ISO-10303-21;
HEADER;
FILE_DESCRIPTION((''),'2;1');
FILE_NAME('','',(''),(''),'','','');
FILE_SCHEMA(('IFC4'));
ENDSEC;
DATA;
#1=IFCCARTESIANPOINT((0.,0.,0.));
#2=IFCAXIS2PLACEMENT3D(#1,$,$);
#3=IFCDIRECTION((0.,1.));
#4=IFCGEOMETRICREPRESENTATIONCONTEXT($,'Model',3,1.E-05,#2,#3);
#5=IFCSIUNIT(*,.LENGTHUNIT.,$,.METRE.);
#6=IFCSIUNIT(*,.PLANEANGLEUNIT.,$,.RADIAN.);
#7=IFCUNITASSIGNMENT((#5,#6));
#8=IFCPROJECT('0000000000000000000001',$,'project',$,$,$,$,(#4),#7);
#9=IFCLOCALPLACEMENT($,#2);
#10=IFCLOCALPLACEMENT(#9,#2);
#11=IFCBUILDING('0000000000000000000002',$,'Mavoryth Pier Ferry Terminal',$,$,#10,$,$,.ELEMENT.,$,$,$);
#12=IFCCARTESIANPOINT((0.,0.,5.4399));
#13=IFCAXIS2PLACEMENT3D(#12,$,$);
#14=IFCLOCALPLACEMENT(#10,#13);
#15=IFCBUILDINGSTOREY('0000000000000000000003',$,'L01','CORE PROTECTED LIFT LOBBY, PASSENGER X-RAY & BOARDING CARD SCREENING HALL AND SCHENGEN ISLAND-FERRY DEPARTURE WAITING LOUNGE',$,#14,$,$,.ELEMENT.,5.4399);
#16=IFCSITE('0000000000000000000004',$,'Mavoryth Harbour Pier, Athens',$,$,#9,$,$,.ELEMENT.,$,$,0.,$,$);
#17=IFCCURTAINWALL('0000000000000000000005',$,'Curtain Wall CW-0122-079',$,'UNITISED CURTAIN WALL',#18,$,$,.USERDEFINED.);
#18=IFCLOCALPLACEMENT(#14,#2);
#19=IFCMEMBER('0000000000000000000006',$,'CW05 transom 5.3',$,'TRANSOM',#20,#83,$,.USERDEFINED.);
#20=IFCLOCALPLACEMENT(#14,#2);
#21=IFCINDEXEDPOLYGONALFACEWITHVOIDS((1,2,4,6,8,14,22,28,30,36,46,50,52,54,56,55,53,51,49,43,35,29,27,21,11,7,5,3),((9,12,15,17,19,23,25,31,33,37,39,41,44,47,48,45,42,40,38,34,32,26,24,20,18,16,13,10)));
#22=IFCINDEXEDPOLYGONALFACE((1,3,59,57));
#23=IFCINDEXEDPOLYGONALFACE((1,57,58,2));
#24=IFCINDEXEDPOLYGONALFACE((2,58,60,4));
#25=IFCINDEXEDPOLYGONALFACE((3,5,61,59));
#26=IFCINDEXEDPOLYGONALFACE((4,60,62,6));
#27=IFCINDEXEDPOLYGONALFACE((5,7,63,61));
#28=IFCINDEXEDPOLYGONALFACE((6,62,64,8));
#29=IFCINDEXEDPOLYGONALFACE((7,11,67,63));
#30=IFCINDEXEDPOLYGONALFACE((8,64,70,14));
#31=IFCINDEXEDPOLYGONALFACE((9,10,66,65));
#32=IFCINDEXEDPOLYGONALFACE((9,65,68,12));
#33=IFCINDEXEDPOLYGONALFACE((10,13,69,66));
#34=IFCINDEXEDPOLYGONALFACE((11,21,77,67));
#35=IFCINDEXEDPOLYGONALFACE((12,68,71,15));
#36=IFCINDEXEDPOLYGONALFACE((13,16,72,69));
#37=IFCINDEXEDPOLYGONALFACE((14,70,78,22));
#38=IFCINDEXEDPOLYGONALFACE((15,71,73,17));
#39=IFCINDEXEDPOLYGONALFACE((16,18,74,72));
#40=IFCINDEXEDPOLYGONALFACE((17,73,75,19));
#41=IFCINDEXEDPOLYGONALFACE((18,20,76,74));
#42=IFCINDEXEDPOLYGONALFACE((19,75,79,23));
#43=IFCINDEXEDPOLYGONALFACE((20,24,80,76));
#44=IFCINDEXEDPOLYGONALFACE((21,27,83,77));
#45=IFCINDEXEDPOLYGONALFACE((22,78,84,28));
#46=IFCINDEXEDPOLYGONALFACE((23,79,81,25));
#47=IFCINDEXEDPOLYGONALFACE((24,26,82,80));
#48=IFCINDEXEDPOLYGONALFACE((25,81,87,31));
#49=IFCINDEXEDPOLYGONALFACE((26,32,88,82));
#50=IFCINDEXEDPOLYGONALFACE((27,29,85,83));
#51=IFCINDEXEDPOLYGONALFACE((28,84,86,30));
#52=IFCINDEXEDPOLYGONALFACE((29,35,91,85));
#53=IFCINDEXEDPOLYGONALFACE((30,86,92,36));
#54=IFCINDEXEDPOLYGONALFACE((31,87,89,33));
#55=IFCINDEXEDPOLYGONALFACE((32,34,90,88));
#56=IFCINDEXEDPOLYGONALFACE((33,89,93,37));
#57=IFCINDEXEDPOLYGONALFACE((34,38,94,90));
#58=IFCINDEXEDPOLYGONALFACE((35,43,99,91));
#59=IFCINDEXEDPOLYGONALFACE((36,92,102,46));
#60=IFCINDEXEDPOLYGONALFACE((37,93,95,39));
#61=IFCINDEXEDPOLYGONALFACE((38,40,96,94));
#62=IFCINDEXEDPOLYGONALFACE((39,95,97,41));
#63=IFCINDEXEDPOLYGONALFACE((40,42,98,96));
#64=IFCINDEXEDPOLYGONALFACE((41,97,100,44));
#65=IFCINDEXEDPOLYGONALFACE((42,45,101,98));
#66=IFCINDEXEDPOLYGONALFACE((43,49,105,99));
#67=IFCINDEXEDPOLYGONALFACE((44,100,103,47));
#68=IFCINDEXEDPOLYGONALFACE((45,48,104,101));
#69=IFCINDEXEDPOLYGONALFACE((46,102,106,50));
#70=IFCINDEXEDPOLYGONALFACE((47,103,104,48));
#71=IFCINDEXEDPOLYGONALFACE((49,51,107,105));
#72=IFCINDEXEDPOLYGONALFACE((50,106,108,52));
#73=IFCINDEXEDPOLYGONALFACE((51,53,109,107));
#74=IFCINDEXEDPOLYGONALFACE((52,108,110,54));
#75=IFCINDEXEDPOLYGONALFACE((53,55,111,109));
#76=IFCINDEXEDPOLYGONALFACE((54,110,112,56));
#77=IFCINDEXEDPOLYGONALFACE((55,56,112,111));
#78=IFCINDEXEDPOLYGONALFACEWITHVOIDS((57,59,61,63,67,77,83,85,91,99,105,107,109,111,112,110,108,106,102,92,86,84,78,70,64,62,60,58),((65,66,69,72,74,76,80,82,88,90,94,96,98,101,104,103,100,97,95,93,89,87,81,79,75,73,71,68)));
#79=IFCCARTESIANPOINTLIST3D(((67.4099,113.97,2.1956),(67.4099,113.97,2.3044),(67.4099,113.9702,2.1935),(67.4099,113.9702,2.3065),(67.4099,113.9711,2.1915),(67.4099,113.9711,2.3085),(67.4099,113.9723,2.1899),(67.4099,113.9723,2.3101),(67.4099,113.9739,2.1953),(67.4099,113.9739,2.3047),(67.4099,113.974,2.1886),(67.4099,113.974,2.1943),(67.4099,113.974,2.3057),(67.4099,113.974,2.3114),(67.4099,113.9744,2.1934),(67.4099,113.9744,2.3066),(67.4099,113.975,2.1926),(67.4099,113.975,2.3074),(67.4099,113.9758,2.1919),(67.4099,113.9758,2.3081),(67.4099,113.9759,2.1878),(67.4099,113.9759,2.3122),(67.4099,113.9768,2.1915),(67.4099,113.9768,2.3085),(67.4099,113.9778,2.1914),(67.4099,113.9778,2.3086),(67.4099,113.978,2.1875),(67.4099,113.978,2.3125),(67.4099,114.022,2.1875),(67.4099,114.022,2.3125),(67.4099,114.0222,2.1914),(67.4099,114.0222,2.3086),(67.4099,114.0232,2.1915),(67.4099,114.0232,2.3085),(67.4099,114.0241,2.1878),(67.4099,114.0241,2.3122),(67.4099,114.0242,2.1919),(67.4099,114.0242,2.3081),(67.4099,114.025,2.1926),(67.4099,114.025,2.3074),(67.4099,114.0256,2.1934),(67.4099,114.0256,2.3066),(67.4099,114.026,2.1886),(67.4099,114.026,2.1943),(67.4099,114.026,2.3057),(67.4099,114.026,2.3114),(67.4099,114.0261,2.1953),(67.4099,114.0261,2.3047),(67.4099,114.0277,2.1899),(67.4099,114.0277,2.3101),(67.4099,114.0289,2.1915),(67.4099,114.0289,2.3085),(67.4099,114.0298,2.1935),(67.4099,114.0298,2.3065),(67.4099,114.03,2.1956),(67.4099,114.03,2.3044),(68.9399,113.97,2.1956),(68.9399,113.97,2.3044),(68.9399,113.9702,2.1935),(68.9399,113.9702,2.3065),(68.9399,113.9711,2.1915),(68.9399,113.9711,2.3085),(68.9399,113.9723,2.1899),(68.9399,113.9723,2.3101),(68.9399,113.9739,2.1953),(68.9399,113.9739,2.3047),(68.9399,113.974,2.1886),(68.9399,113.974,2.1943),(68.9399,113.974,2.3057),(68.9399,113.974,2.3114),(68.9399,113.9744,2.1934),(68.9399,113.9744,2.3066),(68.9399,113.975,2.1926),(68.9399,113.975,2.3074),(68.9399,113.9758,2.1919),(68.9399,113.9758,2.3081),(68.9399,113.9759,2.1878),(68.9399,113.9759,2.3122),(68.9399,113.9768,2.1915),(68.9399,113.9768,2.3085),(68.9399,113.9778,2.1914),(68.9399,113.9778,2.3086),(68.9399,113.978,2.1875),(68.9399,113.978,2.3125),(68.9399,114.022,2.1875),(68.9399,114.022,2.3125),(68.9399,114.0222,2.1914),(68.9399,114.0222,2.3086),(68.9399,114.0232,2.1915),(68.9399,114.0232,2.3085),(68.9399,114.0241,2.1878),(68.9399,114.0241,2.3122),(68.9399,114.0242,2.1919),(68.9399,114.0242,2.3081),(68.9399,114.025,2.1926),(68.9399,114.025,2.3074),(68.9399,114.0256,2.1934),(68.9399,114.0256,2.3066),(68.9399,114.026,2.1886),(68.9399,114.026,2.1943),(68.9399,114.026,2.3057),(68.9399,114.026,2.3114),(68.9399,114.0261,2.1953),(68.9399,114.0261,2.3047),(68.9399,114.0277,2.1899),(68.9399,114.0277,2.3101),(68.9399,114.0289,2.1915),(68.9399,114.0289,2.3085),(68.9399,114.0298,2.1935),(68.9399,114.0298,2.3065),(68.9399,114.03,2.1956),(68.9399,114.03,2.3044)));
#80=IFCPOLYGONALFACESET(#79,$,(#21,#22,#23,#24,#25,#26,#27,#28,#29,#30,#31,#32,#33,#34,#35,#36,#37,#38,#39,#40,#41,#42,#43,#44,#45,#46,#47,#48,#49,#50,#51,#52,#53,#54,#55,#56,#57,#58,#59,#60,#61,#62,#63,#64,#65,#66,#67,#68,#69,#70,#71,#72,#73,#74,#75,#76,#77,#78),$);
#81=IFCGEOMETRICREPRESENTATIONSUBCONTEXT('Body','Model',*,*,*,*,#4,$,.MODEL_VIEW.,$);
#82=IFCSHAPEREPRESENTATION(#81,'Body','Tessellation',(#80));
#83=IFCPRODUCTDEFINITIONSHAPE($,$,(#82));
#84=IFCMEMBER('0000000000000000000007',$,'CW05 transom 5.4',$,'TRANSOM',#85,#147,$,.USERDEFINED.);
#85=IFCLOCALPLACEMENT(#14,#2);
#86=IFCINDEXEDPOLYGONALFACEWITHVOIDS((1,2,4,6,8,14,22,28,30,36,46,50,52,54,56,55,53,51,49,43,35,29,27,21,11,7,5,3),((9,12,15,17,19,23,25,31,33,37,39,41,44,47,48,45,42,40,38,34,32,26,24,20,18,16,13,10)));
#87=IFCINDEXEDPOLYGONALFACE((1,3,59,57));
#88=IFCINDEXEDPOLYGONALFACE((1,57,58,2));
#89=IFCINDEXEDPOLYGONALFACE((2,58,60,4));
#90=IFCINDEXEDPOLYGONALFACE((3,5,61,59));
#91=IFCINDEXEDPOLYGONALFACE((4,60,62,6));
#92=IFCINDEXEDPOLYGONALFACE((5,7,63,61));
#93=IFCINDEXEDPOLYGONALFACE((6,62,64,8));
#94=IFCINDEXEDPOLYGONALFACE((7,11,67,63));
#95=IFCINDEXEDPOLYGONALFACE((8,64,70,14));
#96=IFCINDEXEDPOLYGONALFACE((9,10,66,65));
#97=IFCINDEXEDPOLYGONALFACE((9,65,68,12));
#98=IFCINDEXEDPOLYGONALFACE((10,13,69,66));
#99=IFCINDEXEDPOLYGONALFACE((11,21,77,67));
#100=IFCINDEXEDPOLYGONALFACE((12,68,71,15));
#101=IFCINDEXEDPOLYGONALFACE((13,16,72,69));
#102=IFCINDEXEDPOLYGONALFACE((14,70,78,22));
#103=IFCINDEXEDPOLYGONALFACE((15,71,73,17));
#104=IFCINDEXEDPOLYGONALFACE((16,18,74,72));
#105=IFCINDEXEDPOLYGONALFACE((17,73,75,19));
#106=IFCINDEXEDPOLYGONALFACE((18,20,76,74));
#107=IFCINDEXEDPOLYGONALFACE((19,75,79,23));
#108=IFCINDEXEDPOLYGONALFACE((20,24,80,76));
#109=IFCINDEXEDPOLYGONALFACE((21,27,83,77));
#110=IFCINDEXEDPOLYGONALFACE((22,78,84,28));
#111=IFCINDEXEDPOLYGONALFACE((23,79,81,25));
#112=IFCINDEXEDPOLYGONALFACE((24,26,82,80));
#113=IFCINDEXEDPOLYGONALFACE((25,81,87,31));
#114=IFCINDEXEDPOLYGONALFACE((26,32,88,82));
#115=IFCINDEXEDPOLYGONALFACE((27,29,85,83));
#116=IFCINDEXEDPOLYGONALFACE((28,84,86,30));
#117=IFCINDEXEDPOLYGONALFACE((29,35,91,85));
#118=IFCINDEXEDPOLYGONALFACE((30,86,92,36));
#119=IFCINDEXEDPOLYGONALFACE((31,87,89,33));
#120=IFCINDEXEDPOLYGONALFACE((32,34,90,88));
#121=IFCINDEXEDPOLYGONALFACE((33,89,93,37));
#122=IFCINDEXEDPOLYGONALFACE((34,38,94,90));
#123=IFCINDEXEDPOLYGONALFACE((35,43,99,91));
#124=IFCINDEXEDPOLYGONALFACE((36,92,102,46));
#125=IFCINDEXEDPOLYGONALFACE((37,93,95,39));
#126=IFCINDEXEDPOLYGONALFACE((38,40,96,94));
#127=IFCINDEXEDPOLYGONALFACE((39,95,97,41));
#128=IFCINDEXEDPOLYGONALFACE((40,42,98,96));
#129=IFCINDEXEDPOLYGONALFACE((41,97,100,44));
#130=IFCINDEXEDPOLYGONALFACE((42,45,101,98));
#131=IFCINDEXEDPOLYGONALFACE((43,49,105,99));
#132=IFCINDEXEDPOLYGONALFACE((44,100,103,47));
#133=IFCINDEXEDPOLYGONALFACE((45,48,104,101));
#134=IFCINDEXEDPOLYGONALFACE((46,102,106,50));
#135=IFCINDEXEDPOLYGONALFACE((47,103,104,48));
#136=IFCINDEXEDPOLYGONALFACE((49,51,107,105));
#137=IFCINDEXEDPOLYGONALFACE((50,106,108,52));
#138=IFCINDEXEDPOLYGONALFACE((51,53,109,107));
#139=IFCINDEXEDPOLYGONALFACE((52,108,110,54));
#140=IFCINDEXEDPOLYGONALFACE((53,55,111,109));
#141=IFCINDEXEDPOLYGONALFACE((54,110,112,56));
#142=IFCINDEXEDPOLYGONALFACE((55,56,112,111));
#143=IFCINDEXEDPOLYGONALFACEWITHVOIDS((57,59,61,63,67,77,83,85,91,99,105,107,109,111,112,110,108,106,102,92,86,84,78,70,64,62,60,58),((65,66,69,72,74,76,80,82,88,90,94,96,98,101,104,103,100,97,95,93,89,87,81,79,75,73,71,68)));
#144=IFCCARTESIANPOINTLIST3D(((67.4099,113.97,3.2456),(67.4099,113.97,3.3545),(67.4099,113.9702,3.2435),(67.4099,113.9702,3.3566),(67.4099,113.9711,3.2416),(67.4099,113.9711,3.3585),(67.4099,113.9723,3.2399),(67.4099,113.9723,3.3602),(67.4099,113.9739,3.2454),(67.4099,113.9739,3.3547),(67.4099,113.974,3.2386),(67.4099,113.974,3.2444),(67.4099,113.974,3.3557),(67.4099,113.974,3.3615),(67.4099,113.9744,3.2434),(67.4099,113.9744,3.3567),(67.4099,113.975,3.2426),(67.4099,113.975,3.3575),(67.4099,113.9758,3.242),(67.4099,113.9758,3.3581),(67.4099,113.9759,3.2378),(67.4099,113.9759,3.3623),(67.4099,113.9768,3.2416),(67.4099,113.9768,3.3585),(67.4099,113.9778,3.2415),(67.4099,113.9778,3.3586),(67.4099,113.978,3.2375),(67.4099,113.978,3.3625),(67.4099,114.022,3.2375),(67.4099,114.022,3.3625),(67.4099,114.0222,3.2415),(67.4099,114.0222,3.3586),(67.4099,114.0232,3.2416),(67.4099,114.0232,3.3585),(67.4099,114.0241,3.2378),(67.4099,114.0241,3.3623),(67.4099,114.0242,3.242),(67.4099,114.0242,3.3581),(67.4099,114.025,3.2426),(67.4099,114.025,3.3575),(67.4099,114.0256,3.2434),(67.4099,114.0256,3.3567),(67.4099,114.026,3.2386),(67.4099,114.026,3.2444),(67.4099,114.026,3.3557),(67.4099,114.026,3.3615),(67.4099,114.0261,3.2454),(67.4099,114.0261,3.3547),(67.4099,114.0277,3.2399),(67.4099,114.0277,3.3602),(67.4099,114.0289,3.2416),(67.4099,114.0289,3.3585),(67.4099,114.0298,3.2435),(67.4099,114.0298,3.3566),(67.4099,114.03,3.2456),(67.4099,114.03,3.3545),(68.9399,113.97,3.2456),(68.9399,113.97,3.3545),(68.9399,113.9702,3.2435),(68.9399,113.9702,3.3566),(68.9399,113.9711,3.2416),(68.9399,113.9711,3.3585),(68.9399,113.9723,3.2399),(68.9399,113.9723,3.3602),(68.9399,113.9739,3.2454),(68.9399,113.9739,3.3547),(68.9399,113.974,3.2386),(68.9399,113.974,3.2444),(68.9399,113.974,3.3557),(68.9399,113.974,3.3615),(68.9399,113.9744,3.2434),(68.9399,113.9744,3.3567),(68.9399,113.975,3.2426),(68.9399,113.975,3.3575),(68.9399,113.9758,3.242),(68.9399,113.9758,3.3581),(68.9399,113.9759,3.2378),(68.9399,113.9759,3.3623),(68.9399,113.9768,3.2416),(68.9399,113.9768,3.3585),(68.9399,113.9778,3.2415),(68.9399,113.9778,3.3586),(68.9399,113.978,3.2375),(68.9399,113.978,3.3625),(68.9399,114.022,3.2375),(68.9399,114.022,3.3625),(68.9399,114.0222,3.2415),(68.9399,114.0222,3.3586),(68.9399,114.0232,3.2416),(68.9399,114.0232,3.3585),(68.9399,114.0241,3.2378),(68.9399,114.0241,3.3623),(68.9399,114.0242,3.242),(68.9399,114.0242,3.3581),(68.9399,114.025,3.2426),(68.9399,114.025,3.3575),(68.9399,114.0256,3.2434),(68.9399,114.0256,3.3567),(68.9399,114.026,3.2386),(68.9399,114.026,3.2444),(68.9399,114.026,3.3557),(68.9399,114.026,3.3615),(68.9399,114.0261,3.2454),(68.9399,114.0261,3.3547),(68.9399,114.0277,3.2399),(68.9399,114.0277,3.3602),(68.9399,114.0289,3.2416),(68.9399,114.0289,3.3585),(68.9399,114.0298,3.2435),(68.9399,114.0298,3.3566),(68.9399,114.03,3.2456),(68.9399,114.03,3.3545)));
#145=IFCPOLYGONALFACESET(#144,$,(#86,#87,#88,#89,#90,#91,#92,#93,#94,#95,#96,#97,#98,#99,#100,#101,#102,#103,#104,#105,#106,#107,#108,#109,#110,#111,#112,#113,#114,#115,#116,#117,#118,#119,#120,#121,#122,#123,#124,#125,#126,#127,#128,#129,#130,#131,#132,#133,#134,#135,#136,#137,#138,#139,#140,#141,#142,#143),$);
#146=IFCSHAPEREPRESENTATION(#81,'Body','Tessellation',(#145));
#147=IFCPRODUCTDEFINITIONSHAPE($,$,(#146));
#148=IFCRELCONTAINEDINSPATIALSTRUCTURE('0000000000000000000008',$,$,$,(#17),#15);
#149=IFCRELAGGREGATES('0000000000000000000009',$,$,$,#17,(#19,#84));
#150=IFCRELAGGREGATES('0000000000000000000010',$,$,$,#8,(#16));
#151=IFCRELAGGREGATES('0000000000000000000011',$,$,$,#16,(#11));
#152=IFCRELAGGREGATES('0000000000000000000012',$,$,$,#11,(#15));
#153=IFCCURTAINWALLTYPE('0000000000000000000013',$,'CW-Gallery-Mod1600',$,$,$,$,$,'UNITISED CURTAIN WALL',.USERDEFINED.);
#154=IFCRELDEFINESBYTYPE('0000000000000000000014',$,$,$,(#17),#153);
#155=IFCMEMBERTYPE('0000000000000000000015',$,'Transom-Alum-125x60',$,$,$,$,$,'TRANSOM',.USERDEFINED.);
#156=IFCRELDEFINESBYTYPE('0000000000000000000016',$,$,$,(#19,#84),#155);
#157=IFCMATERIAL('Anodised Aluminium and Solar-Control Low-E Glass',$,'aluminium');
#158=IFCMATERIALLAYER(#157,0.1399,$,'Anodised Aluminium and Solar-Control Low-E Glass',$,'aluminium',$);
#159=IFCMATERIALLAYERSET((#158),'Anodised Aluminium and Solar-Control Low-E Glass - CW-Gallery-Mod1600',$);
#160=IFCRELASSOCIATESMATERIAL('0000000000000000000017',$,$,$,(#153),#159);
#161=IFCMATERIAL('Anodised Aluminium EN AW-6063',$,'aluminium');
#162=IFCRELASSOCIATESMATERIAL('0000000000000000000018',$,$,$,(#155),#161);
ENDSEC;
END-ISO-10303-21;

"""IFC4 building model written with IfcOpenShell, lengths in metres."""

from ifc_helpers import new_model, si_unit, direction, frame, origin, origin_2d, place, context, subcontext, project, spatial, hollow_rectangle, extrude, material, layer, layer_set, material_profile, profile_set, type_object, element, aggregate, save


model = new_model("IFC4")

# Units and contexts
model_context = context("Model", 3, precision=1e-05, world=origin(), true_north=direction((0.0, 1.0)))
body_context = subcontext(model_context, "Body", "Model", "MODEL_VIEW")
ifc_project = project(units=[si_unit("LENGTHUNIT", "METRE"), si_unit("PLANEANGLEUNIT", "RADIAN")], contexts=[model_context])

# Site, building, storey
site_placement = place(None, origin())
site = spatial("IfcSite", under=ifc_project, at=site_placement, Name="Mavoryth Harbour Pier, Athens", CompositionType="ELEMENT", RefElevation=0.0)
building_placement = place(site_placement, origin())
building = spatial("IfcBuilding", under=site, at=building_placement, Name="Mavoryth Pier Ferry Terminal", CompositionType="ELEMENT")
storey_placement = place(building_placement, frame((0.0, 0.0, 5.4399)))
storey = spatial("IfcBuildingStorey", under=building, at=storey_placement, Name="L01", Description="CORE PROTECTED LIFT LOBBY, PASSENGER X-RAY & BOARDING CARD SCREENING HALL AND SCHENGEN ISLAND-FERRY DEPARTURE WAITING LOUNGE", CompositionType="ELEMENT", Elevation=5.4399)

# Curtain wall
ifc_material_1 = material(Name="Anodised Aluminium and Solar-Control Low-E Glass", Category="aluminium")
ifc_layer_1 = layer(ifc_material_1, 0.1399, Name="Anodised Aluminium and Solar-Control Low-E Glass", Category="aluminium")
ifc_layer_set_1 = layer_set([ifc_layer_1], Name="Anodised Aluminium and Solar-Control Low-E Glass - CW-Gallery-Mod1600")
curtain_wall_type = type_object("IfcCurtainWallType", Name="CW-Gallery-Mod1600", ElementType="UNITISED CURTAIN WALL", PredefinedType="USERDEFINED", material=ifc_layer_set_1)
curtain_wall_placement = place(storey_placement, origin())
curtain_wall = element("IfcCurtainWall", 1, at=curtain_wall_placement, inside=storey, type_object=curtain_wall_type, Name="Curtain Wall CW-0122-079", ObjectType="UNITISED CURTAIN WALL", PredefinedType="USERDEFINED")
ifc_material_2 = material(Name="Anodised Aluminium EN AW-6063", Category="aluminium")

# Members
ifc_material_profile_1 = material_profile(ifc_material_2, hollow_rectangle(XDim=0.0601, YDim=0.125, WallThickness=0.0039, InnerFilletRadius=0.0039, OuterFilletRadius=0.0081, at=origin_2d()), Name="AL-TRAN 125x60x4", Category="aluminium")
ifc_profile_set_1 = profile_set([ifc_material_profile_1], Name="Anodised Aluminium EN AW-6063 - AL-TRAN 125x60x4")
member_type_1 = type_object("IfcMemberType", Name="Transom-Alum-125x60", ElementType="TRANSOM", PredefinedType="USERDEFINED", material=ifc_profile_set_1)
member_1_placement = place(storey_placement, frame((68.9399, 114.0, 2.25), z_axis=(-1.0, 0.0, 0.0), x_axis=(0.0, -1.0, 0.0)))
member_1 = element("IfcMember", 2, at=member_1_placement, type_object=member_type_1, Name="CW05 transom 5.3", ObjectType="TRANSOM", PredefinedType="USERDEFINED", context=body_context, shape_type="SweptSolid", body=[
    extrude(hollow_rectangle(XDim=0.0601, YDim=0.125, WallThickness=0.0039, InnerFilletRadius=0.0039, OuterFilletRadius=0.0081, at=origin_2d()), origin(), (0.0, 0.0, 1.0), 1.53),
])
member_2_placement = place(storey_placement, frame((68.9399, 114.0, 3.3), z_axis=(-1.0, 0.0, 0.0), x_axis=(0.0, -1.0, 0.0)))
member_2 = element("IfcMember", 3, at=member_2_placement, type_object=member_type_1, Name="CW05 transom 5.4", ObjectType="TRANSOM", PredefinedType="USERDEFINED", context=body_context, shape_type="SweptSolid", body=[
    extrude(hollow_rectangle(XDim=0.0601, YDim=0.125, WallThickness=0.0039, InnerFilletRadius=0.0039, OuterFilletRadius=0.0081, at=origin_2d()), origin(), (0.0, 0.0, 1.0), 1.53),
])

aggregate(curtain_wall, [member_1, member_2])

save(model, "model.ifc")
